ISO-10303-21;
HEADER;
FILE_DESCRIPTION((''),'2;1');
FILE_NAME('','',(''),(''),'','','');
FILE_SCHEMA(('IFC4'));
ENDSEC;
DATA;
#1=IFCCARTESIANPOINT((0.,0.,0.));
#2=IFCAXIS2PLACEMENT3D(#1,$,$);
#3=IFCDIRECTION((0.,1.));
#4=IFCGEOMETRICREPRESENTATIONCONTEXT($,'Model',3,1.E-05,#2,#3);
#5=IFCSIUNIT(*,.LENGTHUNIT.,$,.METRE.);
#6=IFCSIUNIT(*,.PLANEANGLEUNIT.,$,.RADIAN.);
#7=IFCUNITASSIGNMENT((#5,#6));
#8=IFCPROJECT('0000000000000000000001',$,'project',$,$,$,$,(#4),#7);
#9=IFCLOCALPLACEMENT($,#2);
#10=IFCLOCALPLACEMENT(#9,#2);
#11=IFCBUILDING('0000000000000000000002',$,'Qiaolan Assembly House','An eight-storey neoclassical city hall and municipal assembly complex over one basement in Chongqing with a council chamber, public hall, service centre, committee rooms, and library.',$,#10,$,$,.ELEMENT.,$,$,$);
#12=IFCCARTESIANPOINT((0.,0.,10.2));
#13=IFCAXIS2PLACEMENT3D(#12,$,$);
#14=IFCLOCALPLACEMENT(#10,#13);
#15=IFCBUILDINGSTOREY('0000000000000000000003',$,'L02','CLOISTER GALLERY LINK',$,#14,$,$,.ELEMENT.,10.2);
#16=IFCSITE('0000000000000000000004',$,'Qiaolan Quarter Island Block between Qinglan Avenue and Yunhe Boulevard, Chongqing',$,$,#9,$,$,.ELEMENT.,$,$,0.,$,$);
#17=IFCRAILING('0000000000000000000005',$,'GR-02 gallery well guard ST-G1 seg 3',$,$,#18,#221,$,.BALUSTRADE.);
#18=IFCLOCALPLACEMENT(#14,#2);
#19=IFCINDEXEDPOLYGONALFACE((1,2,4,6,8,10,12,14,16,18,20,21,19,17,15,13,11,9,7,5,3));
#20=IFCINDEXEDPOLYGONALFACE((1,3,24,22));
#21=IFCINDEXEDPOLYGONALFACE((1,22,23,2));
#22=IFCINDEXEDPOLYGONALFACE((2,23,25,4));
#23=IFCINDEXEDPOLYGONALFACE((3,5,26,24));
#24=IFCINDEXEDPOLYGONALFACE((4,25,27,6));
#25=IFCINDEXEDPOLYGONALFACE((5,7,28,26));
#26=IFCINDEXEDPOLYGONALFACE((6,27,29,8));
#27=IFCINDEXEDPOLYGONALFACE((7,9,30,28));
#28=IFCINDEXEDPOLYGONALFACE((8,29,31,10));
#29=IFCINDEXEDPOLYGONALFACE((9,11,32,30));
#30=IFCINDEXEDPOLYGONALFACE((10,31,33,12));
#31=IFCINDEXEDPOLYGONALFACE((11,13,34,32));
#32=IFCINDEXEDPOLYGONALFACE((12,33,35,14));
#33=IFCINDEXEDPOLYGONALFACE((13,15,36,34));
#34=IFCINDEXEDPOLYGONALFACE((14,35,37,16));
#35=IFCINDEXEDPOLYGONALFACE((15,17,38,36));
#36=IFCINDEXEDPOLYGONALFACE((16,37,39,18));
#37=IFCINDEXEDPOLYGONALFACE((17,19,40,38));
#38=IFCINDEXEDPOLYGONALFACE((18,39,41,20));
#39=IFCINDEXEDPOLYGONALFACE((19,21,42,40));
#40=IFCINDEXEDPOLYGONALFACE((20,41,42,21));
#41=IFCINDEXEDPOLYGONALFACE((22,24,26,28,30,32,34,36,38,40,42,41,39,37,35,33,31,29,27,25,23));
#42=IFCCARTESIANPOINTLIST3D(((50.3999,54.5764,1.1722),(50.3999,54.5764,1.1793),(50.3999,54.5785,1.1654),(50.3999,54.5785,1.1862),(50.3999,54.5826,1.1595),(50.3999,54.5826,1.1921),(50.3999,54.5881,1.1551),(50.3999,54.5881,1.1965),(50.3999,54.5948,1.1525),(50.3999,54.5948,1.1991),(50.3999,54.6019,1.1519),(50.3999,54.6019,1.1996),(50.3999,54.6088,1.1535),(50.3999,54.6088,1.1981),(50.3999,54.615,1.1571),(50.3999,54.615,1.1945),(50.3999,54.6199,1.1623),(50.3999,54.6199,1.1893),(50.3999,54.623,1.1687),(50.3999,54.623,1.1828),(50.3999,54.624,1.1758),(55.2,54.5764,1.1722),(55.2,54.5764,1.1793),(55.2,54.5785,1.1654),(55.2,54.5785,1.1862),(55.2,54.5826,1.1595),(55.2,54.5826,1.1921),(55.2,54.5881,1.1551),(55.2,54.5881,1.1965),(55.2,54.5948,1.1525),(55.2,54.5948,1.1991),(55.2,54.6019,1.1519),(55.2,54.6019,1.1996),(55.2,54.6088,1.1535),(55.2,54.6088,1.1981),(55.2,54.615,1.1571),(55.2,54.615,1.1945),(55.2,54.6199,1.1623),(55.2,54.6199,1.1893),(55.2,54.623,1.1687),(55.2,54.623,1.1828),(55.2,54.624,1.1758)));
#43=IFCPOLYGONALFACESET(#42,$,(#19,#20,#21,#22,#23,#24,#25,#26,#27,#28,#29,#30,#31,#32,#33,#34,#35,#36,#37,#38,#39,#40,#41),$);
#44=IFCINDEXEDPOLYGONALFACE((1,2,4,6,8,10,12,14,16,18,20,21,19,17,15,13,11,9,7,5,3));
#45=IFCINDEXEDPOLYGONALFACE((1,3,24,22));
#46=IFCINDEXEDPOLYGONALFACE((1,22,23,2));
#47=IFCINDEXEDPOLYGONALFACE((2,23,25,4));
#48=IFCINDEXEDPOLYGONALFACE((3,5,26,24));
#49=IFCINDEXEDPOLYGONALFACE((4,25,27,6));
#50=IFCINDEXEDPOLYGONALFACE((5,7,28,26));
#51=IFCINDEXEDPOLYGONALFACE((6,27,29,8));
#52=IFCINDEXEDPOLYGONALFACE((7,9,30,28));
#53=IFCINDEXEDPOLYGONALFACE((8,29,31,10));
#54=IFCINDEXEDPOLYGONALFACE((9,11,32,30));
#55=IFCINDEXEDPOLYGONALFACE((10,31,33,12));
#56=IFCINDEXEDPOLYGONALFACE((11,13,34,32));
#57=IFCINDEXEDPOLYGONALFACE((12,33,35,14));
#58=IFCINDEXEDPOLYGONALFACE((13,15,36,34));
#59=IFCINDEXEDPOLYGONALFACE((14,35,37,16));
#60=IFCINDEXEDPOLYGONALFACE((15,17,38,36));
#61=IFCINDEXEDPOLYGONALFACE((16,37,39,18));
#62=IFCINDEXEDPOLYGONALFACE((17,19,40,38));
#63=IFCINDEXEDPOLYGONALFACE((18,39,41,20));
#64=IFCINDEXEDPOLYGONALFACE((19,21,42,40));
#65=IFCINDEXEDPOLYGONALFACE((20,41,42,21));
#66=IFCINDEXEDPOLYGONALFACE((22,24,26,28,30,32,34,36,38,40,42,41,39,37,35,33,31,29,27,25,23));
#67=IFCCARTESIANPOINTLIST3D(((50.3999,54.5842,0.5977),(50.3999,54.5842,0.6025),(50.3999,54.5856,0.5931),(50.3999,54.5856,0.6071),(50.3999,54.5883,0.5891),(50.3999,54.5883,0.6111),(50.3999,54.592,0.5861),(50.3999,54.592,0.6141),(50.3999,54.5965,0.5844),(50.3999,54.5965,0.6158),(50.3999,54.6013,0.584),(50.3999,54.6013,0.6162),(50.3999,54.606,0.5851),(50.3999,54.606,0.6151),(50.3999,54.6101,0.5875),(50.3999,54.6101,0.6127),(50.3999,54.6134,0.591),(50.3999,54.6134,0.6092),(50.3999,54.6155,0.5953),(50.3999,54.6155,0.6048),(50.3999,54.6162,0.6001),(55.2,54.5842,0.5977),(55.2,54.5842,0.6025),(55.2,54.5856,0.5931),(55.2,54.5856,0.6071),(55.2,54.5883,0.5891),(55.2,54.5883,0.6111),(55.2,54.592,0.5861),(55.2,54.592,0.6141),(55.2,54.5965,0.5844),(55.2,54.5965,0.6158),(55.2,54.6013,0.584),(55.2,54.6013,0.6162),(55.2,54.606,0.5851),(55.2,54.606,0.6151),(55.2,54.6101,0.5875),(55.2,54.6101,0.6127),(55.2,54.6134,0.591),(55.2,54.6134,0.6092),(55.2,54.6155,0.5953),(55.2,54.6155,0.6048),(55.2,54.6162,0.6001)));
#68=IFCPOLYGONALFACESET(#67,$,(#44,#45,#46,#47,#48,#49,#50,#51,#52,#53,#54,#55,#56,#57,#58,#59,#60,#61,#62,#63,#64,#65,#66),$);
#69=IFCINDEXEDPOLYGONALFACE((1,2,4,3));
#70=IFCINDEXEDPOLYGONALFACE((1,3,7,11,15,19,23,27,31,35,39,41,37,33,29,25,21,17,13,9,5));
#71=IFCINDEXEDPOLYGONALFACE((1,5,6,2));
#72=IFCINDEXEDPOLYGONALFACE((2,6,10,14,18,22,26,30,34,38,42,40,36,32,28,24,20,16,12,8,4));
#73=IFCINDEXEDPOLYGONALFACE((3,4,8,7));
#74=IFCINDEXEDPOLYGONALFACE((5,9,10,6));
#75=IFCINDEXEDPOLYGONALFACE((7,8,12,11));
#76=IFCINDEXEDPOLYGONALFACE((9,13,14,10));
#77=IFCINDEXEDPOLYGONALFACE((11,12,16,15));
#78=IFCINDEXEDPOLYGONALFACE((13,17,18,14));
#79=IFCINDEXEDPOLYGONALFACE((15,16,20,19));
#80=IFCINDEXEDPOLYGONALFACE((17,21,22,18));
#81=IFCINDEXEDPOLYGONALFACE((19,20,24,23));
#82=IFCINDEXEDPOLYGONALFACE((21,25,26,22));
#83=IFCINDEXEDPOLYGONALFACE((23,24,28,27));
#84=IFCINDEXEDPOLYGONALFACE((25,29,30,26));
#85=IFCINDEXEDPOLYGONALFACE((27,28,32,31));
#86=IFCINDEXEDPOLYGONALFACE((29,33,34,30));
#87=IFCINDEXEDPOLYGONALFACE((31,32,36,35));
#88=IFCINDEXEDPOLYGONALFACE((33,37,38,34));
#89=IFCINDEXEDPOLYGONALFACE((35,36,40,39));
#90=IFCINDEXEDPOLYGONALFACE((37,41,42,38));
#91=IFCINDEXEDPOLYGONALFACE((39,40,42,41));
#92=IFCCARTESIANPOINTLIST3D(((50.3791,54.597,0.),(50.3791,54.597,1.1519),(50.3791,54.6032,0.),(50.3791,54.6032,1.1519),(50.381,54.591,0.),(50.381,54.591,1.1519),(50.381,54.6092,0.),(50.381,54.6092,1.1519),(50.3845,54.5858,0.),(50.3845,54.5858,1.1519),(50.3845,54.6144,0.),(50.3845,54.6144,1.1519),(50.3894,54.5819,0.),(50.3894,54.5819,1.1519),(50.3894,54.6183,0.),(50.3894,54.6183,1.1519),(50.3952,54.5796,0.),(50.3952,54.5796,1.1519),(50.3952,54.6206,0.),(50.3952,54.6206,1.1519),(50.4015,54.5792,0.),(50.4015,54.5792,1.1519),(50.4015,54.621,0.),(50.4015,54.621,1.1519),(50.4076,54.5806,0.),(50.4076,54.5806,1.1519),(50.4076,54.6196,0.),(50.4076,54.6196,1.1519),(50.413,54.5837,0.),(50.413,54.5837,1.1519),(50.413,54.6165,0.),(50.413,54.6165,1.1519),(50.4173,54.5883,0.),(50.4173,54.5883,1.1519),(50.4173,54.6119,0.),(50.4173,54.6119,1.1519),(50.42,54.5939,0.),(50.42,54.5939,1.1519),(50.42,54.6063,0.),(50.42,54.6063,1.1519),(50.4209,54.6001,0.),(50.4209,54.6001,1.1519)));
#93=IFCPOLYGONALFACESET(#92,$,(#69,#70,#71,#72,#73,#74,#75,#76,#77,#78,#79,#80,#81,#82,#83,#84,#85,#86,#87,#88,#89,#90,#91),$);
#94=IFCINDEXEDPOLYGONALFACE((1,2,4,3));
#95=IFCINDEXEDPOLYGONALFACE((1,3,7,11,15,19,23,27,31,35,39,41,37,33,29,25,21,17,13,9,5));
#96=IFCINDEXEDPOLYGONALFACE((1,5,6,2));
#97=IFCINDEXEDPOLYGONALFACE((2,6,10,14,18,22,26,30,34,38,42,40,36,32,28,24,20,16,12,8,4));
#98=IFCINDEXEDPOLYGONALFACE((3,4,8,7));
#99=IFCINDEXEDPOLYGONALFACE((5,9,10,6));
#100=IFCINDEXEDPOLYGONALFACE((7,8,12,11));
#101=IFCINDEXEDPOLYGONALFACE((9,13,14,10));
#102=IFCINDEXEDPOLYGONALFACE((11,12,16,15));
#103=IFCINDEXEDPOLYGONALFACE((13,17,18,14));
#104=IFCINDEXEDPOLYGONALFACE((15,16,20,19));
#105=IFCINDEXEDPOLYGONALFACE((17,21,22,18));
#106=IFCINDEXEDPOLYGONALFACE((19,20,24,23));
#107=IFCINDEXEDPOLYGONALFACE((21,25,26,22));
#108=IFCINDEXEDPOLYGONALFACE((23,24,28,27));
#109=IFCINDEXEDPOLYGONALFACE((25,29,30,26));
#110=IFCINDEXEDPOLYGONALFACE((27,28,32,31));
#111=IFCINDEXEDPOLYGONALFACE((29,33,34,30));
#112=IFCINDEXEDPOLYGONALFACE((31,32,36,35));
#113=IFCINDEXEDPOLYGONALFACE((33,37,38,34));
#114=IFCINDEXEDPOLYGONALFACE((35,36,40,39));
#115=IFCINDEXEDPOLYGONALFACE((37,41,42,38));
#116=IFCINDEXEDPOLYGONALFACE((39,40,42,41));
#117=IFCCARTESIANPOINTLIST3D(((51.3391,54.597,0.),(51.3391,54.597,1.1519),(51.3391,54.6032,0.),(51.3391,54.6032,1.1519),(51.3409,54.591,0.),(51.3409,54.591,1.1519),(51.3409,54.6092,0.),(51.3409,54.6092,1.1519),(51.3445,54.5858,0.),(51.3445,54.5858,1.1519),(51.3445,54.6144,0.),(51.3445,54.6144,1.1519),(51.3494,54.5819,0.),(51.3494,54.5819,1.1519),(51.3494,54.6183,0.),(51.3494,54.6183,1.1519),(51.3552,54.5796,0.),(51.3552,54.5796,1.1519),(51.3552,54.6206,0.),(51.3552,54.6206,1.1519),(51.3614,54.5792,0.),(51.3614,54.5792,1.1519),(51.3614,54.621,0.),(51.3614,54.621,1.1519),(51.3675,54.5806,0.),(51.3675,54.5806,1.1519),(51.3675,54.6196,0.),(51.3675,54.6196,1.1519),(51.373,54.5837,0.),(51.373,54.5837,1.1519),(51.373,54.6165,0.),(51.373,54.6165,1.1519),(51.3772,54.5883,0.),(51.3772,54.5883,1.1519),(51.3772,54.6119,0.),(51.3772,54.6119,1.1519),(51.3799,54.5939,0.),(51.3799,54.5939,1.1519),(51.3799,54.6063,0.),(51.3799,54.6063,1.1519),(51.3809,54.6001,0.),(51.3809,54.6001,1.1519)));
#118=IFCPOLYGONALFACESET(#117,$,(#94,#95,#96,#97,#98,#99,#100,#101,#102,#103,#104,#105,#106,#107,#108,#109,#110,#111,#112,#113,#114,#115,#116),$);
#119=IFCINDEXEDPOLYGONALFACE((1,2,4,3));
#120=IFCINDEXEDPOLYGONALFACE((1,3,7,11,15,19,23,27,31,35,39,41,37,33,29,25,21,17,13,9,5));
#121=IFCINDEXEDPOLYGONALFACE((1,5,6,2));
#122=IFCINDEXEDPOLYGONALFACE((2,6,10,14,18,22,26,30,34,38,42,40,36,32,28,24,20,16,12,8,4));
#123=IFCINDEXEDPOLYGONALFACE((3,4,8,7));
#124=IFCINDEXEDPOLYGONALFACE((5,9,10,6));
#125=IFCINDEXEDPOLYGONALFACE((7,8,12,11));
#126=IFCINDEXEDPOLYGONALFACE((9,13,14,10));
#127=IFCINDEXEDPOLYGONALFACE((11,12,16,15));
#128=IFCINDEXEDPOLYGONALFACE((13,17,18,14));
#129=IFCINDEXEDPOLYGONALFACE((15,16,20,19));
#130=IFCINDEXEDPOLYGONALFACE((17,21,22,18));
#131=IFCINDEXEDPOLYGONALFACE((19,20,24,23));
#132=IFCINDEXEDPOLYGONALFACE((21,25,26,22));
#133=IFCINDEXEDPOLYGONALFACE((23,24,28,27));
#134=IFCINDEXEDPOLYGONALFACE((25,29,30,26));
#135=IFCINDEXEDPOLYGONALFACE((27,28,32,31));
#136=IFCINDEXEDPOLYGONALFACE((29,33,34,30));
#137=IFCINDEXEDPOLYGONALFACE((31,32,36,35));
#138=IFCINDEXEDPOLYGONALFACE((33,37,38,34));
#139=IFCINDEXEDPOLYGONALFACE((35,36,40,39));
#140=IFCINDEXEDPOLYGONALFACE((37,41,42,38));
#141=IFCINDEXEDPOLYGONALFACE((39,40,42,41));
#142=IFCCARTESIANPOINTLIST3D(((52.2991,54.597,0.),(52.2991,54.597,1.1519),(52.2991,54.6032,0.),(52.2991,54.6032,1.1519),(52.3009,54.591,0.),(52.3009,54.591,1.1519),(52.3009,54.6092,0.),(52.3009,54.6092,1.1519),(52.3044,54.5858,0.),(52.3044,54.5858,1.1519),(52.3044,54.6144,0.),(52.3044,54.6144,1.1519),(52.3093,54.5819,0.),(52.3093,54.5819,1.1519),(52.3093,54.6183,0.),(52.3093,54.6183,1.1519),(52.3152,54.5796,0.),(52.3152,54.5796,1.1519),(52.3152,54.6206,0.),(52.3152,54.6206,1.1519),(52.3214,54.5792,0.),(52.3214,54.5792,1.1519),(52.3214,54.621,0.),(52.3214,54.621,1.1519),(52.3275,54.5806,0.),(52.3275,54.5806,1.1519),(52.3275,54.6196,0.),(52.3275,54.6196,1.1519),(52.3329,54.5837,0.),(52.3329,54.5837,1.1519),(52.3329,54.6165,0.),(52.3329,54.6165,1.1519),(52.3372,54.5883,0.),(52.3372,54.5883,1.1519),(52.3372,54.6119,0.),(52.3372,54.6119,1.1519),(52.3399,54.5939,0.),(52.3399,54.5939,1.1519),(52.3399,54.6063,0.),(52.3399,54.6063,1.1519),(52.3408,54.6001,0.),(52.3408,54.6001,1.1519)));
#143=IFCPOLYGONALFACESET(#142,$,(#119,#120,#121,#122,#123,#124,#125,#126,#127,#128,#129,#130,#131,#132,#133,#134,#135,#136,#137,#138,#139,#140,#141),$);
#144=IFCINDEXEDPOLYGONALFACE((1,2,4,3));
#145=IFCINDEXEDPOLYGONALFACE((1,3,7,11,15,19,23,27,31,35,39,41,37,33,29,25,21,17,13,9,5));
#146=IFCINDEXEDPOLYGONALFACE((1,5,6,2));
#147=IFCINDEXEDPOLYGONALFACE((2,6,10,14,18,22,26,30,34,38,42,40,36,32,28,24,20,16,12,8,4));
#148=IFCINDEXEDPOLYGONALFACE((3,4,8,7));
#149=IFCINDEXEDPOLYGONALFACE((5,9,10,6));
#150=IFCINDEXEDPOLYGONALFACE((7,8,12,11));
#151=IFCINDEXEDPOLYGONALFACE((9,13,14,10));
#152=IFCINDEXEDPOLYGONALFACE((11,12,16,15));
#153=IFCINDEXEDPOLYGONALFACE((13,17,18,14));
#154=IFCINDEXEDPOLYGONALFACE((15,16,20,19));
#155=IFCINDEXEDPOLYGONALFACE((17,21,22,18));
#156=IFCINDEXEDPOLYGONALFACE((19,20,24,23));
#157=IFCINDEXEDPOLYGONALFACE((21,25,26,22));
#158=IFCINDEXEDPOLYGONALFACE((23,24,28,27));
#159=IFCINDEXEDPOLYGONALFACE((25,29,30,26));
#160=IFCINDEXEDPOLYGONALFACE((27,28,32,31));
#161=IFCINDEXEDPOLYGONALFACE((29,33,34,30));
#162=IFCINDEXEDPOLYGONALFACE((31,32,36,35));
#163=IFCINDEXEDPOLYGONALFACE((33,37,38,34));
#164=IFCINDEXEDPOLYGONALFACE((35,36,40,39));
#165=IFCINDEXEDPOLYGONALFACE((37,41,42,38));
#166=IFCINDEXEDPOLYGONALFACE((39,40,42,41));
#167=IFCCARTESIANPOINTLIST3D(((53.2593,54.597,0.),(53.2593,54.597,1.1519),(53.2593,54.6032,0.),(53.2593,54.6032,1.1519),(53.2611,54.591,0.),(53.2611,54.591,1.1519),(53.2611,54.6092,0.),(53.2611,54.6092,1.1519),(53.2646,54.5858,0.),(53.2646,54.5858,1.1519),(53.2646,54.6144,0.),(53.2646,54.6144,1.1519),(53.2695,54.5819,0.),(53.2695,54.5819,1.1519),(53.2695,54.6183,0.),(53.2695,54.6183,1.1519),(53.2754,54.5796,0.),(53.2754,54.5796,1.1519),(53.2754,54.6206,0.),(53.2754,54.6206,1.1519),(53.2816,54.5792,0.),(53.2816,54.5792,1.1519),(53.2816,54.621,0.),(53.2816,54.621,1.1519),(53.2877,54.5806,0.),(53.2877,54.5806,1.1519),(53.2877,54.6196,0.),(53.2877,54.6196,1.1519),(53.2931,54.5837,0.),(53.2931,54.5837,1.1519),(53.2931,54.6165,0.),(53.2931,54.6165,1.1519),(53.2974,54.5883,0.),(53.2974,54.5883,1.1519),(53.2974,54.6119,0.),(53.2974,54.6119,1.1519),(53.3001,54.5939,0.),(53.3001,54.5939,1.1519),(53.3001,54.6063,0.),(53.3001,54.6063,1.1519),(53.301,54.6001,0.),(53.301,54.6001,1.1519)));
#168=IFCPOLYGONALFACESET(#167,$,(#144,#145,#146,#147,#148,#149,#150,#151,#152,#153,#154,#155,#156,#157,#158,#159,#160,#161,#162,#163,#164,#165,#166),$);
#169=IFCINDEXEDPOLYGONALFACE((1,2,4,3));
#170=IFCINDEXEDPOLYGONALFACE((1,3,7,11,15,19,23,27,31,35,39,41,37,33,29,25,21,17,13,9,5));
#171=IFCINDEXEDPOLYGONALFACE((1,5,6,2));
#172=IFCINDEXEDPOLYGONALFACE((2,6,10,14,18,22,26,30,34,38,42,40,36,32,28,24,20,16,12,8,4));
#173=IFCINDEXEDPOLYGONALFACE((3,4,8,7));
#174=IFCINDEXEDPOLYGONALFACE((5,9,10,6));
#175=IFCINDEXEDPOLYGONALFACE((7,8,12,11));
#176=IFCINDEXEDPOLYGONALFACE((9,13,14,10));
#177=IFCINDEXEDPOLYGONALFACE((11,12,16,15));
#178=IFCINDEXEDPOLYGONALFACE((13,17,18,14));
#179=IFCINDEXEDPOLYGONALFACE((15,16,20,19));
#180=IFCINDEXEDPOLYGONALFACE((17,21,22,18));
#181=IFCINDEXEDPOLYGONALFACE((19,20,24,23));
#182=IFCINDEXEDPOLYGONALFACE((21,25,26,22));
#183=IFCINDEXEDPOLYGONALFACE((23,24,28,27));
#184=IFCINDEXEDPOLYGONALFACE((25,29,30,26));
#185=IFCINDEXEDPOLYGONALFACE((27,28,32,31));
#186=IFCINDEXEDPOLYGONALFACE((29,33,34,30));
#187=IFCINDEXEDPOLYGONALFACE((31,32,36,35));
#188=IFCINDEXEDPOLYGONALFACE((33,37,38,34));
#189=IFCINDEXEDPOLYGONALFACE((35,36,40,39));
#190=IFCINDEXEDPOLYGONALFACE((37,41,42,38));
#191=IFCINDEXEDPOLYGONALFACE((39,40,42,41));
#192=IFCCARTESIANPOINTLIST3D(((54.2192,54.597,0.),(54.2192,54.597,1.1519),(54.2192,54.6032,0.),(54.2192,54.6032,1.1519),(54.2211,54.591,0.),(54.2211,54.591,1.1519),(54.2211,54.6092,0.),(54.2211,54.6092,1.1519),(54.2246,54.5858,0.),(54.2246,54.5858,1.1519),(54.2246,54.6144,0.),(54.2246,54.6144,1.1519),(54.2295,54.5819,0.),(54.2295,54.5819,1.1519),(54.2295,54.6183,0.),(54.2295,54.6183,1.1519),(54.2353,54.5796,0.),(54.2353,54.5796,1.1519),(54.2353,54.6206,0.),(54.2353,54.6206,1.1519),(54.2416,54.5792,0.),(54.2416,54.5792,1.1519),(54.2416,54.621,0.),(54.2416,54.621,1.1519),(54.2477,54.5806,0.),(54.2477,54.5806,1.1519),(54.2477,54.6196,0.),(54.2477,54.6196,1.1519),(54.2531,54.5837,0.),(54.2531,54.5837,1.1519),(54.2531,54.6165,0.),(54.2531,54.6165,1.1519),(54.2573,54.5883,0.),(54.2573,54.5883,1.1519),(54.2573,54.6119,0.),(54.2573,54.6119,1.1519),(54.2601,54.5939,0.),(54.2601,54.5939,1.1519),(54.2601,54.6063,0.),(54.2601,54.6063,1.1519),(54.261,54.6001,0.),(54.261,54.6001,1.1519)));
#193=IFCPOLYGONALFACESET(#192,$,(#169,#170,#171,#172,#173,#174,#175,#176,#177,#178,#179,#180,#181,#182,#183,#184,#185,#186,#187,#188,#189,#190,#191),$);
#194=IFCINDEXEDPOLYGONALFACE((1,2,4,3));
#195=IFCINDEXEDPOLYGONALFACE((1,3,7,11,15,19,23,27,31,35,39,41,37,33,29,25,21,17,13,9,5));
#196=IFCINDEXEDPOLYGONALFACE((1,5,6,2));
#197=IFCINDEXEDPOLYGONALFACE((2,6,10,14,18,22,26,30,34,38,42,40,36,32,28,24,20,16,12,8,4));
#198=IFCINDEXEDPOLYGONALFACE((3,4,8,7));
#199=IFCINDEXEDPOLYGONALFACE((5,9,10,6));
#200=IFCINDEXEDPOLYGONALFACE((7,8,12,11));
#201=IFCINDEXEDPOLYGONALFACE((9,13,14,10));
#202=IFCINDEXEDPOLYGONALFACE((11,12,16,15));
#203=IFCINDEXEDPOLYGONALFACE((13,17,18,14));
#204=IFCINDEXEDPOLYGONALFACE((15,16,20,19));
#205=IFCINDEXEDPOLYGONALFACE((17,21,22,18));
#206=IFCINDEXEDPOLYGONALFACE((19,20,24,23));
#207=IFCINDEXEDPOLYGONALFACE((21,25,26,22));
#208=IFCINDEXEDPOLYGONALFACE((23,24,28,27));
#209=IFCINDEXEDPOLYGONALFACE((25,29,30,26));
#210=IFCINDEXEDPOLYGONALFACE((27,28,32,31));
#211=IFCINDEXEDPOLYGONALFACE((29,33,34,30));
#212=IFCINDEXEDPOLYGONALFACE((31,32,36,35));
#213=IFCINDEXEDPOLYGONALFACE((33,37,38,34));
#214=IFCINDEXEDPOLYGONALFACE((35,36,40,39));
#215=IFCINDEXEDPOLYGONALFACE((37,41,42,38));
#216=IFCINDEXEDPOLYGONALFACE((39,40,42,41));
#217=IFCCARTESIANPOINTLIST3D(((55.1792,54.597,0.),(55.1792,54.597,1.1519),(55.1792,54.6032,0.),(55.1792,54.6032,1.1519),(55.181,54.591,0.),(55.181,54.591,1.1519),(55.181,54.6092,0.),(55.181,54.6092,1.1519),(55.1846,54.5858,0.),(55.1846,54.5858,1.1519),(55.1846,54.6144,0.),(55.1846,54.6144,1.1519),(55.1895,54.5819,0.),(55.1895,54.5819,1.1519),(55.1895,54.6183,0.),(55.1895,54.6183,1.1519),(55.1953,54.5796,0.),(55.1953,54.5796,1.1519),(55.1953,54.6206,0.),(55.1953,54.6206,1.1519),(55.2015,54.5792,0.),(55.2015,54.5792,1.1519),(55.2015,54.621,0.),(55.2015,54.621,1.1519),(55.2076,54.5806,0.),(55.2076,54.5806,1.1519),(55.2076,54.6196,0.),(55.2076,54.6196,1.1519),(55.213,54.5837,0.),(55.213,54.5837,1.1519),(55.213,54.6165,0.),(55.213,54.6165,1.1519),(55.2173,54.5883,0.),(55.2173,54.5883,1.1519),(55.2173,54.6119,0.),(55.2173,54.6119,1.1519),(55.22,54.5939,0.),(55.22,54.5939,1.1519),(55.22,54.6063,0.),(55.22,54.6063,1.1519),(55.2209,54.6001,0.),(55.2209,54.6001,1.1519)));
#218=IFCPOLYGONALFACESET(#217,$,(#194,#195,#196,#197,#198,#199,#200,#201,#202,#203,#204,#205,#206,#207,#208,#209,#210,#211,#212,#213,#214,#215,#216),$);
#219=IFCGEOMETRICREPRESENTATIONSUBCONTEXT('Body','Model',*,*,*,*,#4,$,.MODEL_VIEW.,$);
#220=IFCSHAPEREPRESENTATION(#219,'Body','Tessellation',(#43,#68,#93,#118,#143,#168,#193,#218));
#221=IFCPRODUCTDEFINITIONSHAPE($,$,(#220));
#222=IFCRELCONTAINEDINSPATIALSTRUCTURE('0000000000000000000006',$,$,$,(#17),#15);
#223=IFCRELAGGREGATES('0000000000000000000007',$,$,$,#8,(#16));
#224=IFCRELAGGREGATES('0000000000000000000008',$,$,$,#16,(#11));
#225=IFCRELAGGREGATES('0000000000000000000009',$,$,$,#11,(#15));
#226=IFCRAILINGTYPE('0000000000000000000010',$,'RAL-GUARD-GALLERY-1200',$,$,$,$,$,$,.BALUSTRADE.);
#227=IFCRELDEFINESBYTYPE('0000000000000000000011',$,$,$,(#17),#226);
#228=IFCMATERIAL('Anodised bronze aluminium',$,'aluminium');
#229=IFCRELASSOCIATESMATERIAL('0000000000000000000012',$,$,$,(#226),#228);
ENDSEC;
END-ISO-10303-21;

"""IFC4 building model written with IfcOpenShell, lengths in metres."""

from ifc_helpers import new_model, si_unit, direction, frame, origin, origin_2d, place, context, subcontext, project, spatial, circle, extrude, material, type_object, element, save


model = new_model("IFC4")

# Units and contexts
model_context = context("Model", 3, precision=1e-05, world=origin(), true_north=direction((0.0, 1.0)))
body_context = subcontext(model_context, "Body", "Model", "MODEL_VIEW")
ifc_project = project(units=[si_unit("LENGTHUNIT", "METRE"), si_unit("PLANEANGLEUNIT", "RADIAN")], contexts=[model_context])

# Site, building, storey
site_placement = place(None, origin())
site = spatial("IfcSite", under=ifc_project, at=site_placement, Name="Qiaolan Quarter Island Block between Qinglan Avenue and Yunhe Boulevard, Chongqing", CompositionType="ELEMENT", RefElevation=0.0)
building_placement = place(site_placement, origin())
building = spatial("IfcBuilding", under=site, at=building_placement, Name="Qiaolan Assembly House", Description="An eight-storey neoclassical city hall and municipal assembly complex over one basement in Chongqing with a council chamber, public hall, service centre, committee rooms, and library.", CompositionType="ELEMENT")
storey_placement = place(building_placement, frame((0.0, 0.0, 10.2)))
storey = spatial("IfcBuildingStorey", under=building, at=storey_placement, Name="L02", Description="CLOISTER GALLERY LINK", CompositionType="ELEMENT", Elevation=10.2)

# Railing
ifc_material_1 = material(Name="Anodised bronze aluminium", Category="aluminium")
railing_type = type_object("IfcRailingType", Name="RAL-GUARD-GALLERY-1200", PredefinedType="BALUSTRADE", material=ifc_material_1)
railing_1_placement = place(storey_placement, frame((50.3999, 54.6001, 0.0)))
element("IfcRailing", 1, at=railing_1_placement, inside=storey, type_object=railing_type, Name="GR-02 gallery well guard ST-G1 seg 3", PredefinedType="BALUSTRADE", context=body_context, shape_type="SweptSolid", body=[
    extrude(circle(Radius=0.0239, at=origin_2d()), frame((0.0, 0.0, 1.1758), z_axis=(1.0, 0.0, 0.0), x_axis=(0.0, 1.0, 0.0)), (0.0, 0.0, 1.0), 4.8),
    extrude(circle(Radius=0.0161, at=origin_2d()), frame((0.0, 0.0, 0.6001), z_axis=(1.0, 0.0, 0.0), x_axis=(0.0, 1.0, 0.0)), (0.0, 0.0, 1.0), 4.8),
    extrude(circle(Radius=0.021, at=origin_2d()), origin(), (0.0, 0.0, 1.0), 1.1519),
    extrude(circle(Radius=0.021, at=origin_2d()), frame((0.96, 0.0, 0.0)), (0.0, 0.0, 1.0), 1.1519),
    extrude(circle(Radius=0.021, at=origin_2d()), frame((1.9199, 0.0, 0.0)), (0.0, 0.0, 1.0), 1.1519),
    extrude(circle(Radius=0.021, at=origin_2d()), frame((2.8801, 0.0, 0.0)), (0.0, 0.0, 1.0), 1.1519),
    extrude(circle(Radius=0.021, at=origin_2d()), frame((3.8401, 0.0, 0.0)), (0.0, 0.0, 1.0), 1.1519),
    extrude(circle(Radius=0.021, at=origin_2d()), frame((4.8, 0.0, 0.0)), (0.0, 0.0, 1.0), 1.1519),
])

save(model, "model.ifc")
